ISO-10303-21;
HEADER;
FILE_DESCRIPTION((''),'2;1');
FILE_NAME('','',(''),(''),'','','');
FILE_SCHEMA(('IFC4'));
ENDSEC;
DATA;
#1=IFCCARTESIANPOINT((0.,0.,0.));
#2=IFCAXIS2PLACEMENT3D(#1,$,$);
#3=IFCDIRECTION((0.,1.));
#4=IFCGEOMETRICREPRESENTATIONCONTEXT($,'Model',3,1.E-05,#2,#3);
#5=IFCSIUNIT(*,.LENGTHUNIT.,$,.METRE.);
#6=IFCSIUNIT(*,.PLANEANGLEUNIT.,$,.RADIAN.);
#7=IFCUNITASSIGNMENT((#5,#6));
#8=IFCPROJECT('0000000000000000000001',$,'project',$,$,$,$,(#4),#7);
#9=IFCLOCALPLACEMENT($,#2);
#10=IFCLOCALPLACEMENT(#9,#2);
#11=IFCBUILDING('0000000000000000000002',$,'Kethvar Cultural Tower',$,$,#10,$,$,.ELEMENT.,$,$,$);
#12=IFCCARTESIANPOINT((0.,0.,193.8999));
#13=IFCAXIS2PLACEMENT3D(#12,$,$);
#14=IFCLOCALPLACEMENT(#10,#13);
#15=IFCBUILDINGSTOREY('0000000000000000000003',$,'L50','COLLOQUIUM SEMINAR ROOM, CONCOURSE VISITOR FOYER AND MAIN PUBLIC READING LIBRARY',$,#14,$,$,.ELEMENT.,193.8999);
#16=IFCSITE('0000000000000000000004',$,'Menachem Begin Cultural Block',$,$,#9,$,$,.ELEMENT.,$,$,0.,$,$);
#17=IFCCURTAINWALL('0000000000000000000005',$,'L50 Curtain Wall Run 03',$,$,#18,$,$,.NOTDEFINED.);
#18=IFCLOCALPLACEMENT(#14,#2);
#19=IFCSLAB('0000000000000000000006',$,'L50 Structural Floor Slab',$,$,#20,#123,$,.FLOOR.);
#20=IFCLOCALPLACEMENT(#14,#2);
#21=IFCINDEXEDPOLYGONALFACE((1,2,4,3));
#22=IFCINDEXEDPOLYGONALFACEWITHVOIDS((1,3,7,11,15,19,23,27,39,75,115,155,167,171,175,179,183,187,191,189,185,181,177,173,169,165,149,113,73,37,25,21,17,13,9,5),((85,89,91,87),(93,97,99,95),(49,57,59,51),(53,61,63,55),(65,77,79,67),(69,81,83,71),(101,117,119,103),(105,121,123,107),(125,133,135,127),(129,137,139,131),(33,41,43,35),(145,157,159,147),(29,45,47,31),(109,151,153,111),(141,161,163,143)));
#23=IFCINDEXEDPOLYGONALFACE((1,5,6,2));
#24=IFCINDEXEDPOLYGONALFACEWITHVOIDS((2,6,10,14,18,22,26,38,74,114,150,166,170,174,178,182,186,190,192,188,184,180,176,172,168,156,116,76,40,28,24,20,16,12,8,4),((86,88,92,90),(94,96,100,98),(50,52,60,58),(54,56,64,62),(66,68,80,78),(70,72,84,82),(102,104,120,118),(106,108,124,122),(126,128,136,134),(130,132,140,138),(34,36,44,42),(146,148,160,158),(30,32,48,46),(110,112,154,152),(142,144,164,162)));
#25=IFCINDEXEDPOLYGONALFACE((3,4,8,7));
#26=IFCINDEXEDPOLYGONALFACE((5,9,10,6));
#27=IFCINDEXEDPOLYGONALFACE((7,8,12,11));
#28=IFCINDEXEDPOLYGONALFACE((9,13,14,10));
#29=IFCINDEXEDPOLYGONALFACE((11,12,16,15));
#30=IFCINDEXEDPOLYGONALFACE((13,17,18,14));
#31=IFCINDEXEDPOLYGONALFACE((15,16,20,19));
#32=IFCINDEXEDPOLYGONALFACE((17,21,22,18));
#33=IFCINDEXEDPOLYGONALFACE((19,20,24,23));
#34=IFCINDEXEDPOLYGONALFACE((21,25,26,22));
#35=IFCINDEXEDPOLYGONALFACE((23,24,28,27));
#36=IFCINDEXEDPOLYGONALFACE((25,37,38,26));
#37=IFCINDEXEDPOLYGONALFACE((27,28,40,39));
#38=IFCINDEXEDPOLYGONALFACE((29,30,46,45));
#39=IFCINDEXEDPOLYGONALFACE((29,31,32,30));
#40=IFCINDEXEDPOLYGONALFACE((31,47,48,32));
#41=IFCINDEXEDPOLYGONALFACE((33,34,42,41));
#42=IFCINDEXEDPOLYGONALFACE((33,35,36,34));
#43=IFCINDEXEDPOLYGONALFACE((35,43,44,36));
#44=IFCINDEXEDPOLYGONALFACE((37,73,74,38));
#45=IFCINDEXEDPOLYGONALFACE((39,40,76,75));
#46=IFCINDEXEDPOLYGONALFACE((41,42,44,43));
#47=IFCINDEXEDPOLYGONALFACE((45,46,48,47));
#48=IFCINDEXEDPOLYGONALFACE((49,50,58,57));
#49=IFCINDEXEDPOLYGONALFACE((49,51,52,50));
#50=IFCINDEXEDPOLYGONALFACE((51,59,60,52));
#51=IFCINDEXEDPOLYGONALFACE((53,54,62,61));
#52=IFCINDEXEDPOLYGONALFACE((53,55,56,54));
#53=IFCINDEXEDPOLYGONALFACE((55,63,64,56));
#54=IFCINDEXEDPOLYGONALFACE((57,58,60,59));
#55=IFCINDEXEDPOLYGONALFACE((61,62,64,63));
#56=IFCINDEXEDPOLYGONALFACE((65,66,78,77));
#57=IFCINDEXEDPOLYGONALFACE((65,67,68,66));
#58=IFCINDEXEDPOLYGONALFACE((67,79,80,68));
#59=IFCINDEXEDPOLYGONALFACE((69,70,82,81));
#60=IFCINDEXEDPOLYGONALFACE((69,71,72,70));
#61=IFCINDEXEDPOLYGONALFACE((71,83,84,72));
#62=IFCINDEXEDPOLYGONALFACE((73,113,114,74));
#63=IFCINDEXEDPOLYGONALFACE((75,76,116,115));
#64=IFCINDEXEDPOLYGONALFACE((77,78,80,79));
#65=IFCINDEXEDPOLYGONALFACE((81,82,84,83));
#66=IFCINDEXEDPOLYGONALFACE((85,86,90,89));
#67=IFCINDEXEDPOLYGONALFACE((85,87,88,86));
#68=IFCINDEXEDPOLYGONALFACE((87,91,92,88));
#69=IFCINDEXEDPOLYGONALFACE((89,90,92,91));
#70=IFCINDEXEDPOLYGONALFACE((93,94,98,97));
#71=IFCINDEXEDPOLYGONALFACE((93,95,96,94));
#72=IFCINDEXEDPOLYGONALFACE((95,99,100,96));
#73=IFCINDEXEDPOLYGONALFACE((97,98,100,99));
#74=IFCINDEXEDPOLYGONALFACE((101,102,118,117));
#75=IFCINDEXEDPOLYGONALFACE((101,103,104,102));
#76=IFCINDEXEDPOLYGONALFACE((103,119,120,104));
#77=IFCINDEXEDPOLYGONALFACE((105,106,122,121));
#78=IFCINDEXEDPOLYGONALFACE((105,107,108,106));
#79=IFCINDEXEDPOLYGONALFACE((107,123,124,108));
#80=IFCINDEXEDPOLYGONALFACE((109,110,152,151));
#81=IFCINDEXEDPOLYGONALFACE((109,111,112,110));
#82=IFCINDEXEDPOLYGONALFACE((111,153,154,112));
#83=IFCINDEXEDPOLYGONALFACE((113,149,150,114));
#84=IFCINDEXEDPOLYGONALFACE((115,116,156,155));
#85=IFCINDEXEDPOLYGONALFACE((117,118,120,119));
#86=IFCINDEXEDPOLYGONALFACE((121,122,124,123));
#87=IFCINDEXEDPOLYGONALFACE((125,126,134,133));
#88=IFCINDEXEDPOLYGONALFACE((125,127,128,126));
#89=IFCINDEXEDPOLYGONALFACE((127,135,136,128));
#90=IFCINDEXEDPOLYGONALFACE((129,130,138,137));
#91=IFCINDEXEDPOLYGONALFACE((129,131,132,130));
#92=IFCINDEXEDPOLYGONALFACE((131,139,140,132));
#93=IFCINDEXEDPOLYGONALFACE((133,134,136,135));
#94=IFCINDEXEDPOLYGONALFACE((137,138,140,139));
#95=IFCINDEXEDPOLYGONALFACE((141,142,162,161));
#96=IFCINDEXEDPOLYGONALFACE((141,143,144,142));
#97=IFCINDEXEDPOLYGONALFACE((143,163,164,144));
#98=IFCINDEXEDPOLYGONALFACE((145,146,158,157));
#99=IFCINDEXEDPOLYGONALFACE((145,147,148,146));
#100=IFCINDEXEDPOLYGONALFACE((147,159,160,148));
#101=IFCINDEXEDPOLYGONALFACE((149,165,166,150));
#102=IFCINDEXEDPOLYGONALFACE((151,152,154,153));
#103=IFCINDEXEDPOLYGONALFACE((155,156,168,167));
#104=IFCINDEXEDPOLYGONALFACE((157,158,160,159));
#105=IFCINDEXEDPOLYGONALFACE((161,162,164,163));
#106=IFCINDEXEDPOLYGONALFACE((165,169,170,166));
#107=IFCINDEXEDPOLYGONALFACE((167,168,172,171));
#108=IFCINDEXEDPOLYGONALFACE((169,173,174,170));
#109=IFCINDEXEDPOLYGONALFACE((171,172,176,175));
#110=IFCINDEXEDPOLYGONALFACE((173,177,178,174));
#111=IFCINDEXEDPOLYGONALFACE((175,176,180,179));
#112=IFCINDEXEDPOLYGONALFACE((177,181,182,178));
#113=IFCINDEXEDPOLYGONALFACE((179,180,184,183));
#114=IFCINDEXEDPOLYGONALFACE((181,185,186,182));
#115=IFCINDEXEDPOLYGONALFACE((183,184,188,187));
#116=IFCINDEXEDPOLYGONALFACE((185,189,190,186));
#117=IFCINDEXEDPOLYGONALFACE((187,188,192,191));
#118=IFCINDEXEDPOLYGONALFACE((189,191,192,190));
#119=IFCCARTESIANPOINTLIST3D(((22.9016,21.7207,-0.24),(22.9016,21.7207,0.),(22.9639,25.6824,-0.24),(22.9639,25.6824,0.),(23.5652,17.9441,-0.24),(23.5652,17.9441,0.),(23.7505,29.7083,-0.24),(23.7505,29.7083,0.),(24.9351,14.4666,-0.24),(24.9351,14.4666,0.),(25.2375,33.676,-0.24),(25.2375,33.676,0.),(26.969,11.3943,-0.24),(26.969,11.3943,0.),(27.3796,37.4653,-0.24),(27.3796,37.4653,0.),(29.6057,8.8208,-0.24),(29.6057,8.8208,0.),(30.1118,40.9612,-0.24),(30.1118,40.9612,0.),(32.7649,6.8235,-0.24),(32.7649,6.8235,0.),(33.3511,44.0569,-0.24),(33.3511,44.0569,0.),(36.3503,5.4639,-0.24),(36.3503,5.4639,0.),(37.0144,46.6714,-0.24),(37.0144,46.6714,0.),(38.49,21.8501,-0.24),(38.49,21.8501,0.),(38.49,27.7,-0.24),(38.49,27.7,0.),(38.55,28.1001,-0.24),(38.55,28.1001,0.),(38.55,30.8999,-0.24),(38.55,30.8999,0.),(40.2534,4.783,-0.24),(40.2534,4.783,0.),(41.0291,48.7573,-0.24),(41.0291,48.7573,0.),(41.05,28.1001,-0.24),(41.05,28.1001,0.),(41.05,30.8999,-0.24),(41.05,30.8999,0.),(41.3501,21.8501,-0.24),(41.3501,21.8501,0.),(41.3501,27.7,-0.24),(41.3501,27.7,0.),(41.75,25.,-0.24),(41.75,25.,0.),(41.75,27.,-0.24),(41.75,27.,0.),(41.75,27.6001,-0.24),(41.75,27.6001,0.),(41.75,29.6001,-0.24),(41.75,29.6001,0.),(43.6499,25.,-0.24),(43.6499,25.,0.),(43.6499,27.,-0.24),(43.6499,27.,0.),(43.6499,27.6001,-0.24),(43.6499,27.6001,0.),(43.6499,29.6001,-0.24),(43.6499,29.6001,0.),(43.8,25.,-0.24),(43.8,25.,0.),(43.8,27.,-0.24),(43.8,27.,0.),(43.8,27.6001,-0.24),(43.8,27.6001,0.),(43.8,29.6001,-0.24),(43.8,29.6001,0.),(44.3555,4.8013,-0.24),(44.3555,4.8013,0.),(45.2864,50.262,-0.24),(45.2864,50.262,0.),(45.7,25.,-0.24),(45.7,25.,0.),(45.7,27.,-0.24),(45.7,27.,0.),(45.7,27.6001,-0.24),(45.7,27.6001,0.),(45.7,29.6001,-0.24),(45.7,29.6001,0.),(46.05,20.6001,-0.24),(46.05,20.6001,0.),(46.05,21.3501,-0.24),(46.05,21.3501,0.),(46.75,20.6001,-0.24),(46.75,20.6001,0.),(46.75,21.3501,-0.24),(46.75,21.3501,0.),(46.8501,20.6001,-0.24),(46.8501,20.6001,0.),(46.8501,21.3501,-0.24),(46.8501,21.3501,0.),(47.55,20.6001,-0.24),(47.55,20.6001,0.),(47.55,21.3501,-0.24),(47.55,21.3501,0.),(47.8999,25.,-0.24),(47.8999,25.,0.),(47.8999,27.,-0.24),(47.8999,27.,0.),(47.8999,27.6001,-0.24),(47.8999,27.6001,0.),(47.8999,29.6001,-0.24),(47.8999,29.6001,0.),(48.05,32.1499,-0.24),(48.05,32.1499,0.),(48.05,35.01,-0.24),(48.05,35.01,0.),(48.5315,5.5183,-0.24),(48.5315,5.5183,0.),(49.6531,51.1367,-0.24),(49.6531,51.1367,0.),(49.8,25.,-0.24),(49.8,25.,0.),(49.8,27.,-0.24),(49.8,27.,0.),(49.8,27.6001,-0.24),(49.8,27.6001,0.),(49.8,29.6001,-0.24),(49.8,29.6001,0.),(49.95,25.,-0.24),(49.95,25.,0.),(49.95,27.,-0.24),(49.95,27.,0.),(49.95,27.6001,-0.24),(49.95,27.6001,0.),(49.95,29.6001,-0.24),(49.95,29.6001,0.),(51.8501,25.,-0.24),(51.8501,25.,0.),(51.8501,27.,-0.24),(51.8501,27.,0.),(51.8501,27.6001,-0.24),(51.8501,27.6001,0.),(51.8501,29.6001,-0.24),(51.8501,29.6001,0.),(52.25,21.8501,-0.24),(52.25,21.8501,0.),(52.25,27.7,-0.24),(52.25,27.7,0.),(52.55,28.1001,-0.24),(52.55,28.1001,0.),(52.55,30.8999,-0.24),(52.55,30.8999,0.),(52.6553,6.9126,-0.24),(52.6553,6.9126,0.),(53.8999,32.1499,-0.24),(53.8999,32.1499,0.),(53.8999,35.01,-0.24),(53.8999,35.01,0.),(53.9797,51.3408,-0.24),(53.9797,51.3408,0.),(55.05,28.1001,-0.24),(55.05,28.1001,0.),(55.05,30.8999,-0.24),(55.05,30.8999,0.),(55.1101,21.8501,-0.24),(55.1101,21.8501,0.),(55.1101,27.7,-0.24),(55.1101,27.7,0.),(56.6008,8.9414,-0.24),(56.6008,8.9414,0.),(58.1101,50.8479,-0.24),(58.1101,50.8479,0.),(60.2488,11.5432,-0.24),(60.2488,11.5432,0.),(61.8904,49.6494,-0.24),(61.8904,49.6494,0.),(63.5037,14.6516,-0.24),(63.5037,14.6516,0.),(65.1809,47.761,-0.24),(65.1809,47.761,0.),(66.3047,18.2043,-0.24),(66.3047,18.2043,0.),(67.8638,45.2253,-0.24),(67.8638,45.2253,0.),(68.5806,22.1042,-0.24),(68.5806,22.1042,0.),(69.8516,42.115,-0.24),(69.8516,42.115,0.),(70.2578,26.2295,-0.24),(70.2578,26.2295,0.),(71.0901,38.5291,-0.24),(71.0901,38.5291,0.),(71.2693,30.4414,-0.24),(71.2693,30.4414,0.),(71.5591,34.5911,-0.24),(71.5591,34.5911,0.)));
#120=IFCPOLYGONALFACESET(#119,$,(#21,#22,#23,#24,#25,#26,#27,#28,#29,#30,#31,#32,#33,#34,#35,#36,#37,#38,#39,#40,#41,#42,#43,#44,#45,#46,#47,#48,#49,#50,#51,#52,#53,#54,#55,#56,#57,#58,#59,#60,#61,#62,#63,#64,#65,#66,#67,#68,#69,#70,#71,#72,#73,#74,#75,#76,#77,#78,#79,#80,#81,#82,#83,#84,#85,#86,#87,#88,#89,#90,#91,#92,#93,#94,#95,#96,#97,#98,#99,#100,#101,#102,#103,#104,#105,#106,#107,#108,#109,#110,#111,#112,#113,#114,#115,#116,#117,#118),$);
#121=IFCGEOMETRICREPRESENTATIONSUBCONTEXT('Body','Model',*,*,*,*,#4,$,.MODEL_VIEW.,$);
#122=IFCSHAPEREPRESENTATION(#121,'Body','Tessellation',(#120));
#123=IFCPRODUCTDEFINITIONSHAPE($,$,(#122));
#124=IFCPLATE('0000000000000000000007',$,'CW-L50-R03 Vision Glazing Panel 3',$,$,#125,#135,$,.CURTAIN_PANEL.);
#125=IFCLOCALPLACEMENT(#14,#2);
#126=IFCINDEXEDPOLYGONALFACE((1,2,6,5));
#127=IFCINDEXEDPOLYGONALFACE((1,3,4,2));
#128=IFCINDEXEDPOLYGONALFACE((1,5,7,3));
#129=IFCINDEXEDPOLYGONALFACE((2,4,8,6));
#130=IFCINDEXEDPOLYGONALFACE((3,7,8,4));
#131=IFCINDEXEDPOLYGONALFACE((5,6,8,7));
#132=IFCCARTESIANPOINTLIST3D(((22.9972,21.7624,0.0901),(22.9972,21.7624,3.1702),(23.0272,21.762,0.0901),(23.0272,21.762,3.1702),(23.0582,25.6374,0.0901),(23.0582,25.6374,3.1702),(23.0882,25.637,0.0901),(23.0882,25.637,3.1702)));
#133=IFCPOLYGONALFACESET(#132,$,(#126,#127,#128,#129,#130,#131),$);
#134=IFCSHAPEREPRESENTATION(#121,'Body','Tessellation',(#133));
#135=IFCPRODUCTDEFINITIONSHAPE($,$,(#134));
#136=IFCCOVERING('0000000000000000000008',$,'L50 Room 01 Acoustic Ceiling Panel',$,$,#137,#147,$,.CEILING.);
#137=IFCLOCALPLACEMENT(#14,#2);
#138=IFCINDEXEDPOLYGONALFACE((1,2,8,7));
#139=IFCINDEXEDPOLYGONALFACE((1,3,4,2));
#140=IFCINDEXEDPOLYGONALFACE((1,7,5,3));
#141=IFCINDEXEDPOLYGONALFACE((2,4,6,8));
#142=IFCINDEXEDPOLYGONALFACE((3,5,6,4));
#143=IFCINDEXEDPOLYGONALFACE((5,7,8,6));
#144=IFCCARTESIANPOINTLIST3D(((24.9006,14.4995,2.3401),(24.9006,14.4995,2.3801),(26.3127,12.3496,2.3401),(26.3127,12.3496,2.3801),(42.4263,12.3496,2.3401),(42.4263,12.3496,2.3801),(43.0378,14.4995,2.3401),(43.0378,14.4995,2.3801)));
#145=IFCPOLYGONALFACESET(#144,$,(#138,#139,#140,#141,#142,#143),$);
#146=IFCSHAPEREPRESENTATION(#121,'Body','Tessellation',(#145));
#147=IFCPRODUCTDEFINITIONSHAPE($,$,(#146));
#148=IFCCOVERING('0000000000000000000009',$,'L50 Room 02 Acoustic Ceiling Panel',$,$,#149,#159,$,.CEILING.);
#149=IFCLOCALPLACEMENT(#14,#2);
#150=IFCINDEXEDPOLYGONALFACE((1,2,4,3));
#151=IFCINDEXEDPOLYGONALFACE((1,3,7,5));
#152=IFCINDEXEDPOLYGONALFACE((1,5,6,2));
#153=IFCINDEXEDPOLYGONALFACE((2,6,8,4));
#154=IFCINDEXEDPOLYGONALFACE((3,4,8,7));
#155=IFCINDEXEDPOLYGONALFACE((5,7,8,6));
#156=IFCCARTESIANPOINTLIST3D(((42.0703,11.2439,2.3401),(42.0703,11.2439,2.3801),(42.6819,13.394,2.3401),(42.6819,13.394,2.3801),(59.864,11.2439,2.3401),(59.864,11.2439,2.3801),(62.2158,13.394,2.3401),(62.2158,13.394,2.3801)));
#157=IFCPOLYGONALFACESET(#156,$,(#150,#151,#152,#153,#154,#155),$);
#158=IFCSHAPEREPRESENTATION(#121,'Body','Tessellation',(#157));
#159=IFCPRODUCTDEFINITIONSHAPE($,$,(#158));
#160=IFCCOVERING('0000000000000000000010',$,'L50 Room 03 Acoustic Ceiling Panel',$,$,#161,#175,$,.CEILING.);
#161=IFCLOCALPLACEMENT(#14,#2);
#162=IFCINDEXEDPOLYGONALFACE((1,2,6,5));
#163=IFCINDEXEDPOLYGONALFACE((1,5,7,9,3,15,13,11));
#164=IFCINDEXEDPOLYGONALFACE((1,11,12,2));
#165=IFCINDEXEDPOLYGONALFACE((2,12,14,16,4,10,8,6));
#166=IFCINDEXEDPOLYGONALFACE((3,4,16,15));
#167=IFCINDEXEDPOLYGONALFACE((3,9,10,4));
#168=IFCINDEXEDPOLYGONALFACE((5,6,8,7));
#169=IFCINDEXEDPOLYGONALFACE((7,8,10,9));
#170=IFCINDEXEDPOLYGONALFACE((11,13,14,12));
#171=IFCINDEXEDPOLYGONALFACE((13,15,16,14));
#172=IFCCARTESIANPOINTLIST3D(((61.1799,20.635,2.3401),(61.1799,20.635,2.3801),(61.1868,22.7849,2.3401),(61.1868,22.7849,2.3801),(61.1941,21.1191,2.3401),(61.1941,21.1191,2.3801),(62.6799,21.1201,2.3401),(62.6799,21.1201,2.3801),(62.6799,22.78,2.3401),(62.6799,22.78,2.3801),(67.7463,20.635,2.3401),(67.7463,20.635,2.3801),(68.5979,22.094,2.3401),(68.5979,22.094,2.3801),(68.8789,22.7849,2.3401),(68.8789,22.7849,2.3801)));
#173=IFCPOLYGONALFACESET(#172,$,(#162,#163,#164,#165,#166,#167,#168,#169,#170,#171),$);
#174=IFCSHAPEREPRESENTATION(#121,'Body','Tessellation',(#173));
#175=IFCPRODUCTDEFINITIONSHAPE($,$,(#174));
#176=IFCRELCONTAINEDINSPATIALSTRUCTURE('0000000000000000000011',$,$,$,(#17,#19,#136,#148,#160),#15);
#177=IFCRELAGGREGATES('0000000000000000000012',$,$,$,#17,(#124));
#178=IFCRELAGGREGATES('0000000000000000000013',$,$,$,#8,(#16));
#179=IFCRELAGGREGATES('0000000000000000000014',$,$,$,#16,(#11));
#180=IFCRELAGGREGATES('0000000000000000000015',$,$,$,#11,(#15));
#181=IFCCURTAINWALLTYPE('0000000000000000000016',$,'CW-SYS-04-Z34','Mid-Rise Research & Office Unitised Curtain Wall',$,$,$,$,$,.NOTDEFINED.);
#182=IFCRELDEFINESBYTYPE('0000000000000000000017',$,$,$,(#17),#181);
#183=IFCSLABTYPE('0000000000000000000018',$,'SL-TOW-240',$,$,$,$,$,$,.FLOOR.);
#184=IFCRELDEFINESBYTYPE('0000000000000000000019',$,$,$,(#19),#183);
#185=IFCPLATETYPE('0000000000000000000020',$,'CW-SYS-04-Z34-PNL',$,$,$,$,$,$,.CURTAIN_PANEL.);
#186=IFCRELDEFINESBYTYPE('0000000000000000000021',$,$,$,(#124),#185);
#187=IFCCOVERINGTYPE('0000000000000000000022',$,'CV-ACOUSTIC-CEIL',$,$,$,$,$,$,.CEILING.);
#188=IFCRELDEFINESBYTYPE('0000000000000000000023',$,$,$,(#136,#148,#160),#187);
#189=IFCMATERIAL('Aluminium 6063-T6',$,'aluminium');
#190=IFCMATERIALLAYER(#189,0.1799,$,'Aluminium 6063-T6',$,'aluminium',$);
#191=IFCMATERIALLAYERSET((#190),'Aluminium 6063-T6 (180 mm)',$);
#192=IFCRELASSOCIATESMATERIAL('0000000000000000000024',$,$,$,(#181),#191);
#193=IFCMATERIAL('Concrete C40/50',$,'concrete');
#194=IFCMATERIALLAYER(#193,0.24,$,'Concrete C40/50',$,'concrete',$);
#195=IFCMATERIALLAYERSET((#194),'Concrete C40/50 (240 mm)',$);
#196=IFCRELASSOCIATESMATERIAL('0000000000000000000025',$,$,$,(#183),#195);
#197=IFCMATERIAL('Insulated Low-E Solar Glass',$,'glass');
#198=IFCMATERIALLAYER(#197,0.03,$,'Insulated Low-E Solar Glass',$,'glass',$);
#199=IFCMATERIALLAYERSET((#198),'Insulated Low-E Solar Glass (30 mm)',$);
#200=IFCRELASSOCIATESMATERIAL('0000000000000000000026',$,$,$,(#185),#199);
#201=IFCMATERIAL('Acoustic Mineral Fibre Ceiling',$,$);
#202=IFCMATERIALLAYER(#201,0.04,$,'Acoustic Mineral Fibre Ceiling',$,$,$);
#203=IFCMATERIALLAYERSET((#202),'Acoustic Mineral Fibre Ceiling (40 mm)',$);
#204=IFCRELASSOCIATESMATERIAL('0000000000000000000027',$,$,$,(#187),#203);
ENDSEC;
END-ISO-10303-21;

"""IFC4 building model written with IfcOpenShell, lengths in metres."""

from ifc_helpers import new_model, si_unit, direction, frame, origin, origin_2d, place, context, subcontext, project, spatial, polyline, rectangle, outline, extrude, source, transform, mapped, material, layer, layer_set, type_object, element, aggregate, save


model = new_model("IFC4")

# Units and contexts
model_context = context("Model", 3, precision=1e-05, world=origin(), true_north=direction((0.0, 1.0)))
body_context = subcontext(model_context, "Body", "Model", "MODEL_VIEW")
ifc_project = project(units=[si_unit("LENGTHUNIT", "METRE"), si_unit("PLANEANGLEUNIT", "RADIAN")], contexts=[model_context])

# Site, building, storey
site_placement = place(None, origin())
site = spatial("IfcSite", under=ifc_project, at=site_placement, Name="Menachem Begin Cultural Block", CompositionType="ELEMENT", RefElevation=0.0)
building_placement = place(site_placement, origin())
building = spatial("IfcBuilding", under=site, at=building_placement, Name="Kethvar Cultural Tower", CompositionType="ELEMENT")
storey_placement = place(building_placement, frame((0.0, 0.0, 193.8999)))
storey = spatial("IfcBuildingStorey", under=building, at=storey_placement, Name="L50", Description="COLLOQUIUM SEMINAR ROOM, CONCOURSE VISITOR FOYER AND MAIN PUBLIC READING LIBRARY", CompositionType="ELEMENT", Elevation=193.8999)

# Curtain wall
ifc_material_1 = material(Name="Aluminium 6063-T6", Category="aluminium")
ifc_layer_1 = layer(ifc_material_1, 0.1799, Name="Aluminium 6063-T6", Category="aluminium")
ifc_layer_set_1 = layer_set([ifc_layer_1], Name="Aluminium 6063-T6 (180 mm)")
curtain_wall_type = type_object("IfcCurtainWallType", Name="CW-SYS-04-Z34", Description="Mid-Rise Research & Office Unitised Curtain Wall", PredefinedType="NOTDEFINED", material=ifc_layer_set_1)
curtain_wall_placement = place(storey_placement, origin())
curtain_wall = element("IfcCurtainWall", 1, at=curtain_wall_placement, inside=storey, type_object=curtain_wall_type, Name="L50 Curtain Wall Run 03", PredefinedType="NOTDEFINED")

# Shared definitions
ifc_material_2 = material(Name="Concrete C40/50", Category="concrete")

# Slab
ifc_layer_2 = layer(ifc_material_2, 0.24, Name="Concrete C40/50", Category="concrete")
ifc_layer_set_2 = layer_set([ifc_layer_2], Name="Concrete C40/50 (240 mm)")
slab_type_1 = type_object("IfcSlabType", Name="SL-TOW-240", PredefinedType="FLOOR", material=ifc_layer_set_2)
slab_1_placement = place(storey_placement, frame((0.0, 0.0, -0.24)))
element("IfcSlab", 2, at=slab_1_placement, inside=storey, type_object=slab_type_1, Name="L50 Structural Floor Slab", PredefinedType="FLOOR", context=body_context, shape_type="SweptSolid", body=[
    extrude(outline(polyline([(67.8638, 45.2253), (65.1809, 47.761), (61.8904, 49.6494), (58.1101, 50.8479), (53.9797, 51.3408), (49.6531, 51.1367), (45.2864, 50.262), (41.0291, 48.7573), (37.0144, 46.6714), (33.3511, 44.0569), (30.1118, 40.9612), (27.3796, 37.4653), (25.2375, 33.676), (23.7505, 29.7083), (22.9639, 25.6824), (22.9016, 21.7207), (23.5652, 17.9441), (24.9351, 14.4666), (26.969, 11.3943), (29.6057, 8.8208), (32.7649, 6.8235), (36.3503, 5.4639), (40.2534, 4.783), (44.3555, 4.8013), (48.5315, 5.5183), (52.6553, 6.9126), (56.6008, 8.9414), (60.2488, 11.5432), (63.5037, 14.6516), (66.3047, 18.2043), (68.5806, 22.1042), (70.2578, 26.2295), (71.2693, 30.4414), (71.5591, 34.5911), (71.0901, 38.5291), (69.8516, 42.115), (67.8638, 45.2253)]), holes=[polyline([(38.49, 21.8501), (38.49, 27.7), (41.3501, 27.7), (41.3501, 21.8501), (38.49, 21.8501)]), polyline([(52.25, 21.8501), (52.25, 27.7), (55.1101, 27.7), (55.1101, 21.8501), (52.25, 21.8501)]), polyline([(53.8999, 32.1499), (48.05, 32.1499), (48.05, 35.01), (53.8999, 35.01), (53.8999, 32.1499)]), polyline([(41.75, 27.0), (43.6499, 27.0), (43.6499, 25.0), (41.75, 25.0), (41.75, 27.0)]), polyline([(43.8, 27.0), (45.7, 27.0), (45.7, 25.0), (43.8, 25.0), (43.8, 27.0)]), polyline([(47.8999, 27.0), (49.8, 27.0), (49.8, 25.0), (47.8999, 25.0), (47.8999, 27.0)]), polyline([(49.95, 27.0), (51.8501, 27.0), (51.8501, 25.0), (49.95, 25.0), (49.95, 27.0)]), polyline([(41.75, 29.6001), (43.6499, 29.6001), (43.6499, 27.6001), (41.75, 27.6001), (41.75, 29.6001)]), polyline([(43.8, 29.6001), (45.7, 29.6001), (45.7, 27.6001), (43.8, 27.6001), (43.8, 29.6001)]), polyline([(47.8999, 29.6001), (49.8, 29.6001), (49.8, 27.6001), (47.8999, 27.6001), (47.8999, 29.6001)]), polyline([(49.95, 29.6001), (51.8501, 29.6001), (51.8501, 27.6001), (49.95, 27.6001), (49.95, 29.6001)]), polyline([(38.55, 30.8999), (41.05, 30.8999), (41.05, 28.1001), (38.55, 28.1001), (38.55, 30.8999)]), polyline([(52.55, 30.8999), (55.05, 30.8999), (55.05, 28.1001), (52.55, 28.1001), (52.55, 30.8999)]), polyline([(46.05, 21.3501), (46.75, 21.3501), (46.75, 20.6001), (46.05, 20.6001), (46.05, 21.3501)]), polyline([(46.8501, 21.3501), (47.55, 21.3501), (47.55, 20.6001), (46.8501, 20.6001), (46.8501, 21.3501)])]), origin(), (0.0, 0.0, 1.0), 0.24),
])

# Plate
ifc_material_3 = material(Name="Insulated Low-E Solar Glass", Category="glass")
ifc_layer_3 = layer(ifc_material_3, 0.03, Name="Insulated Low-E Solar Glass", Category="glass")
ifc_layer_set_3 = layer_set([ifc_layer_3], Name="Insulated Low-E Solar Glass (30 mm)")
plate_type = type_object("IfcPlateType", Name="CW-SYS-04-Z34-PNL", PredefinedType="CURTAIN_PANEL", material=ifc_layer_set_3)
shared_shape_1 = source(origin(), body_context, "Body", "SweptSolid", [
    extrude(rectangle(XDim=3.8755, YDim=0.03, at=origin_2d()), origin(), (0.0, 0.0, 1.0), 3.0801),
])
plate_placement = place(storey_placement, frame((23.0427, 23.6997, 0.0901), z_axis=(0.0, 0.0, 1.0), x_axis=(-0.015742, -0.999876, 0.0)))
plate = element("IfcPlate", 3, at=plate_placement, type_object=plate_type, Name="CW-L50-R03 Vision Glazing Panel 3", PredefinedType="CURTAIN_PANEL", context=body_context, shape_type="MappedRepresentation", body=[
    mapped(shared_shape_1, transform((0.0, 0.0, 0.0), scale=1.0)),
])
aggregate(curtain_wall, [plate])

# Coverings
ifc_material_4 = material(Name="Acoustic Mineral Fibre Ceiling")
ifc_layer_4 = layer(ifc_material_4, 0.04, Name="Acoustic Mineral Fibre Ceiling")
ifc_layer_set_4 = layer_set([ifc_layer_4], Name="Acoustic Mineral Fibre Ceiling (40 mm)")
covering_type_1 = type_object("IfcCoveringType", Name="CV-ACOUSTIC-CEIL", PredefinedType="CEILING", material=ifc_layer_set_4)
covering_1_placement = place(storey_placement, frame((0.0, 0.0, 2.3401)))
element("IfcCovering", 4, at=covering_1_placement, inside=storey, type_object=covering_type_1, Name="L50 Room 01 Acoustic Ceiling Panel", PredefinedType="CEILING", context=body_context, shape_type="SweptSolid", body=[
    extrude(outline(polyline([(26.3127, 12.3496), (24.9006, 14.4995), (43.0378, 14.4995), (42.4263, 12.3496), (26.3127, 12.3496)])), origin(), (0.0, 0.0, 1.0), 0.04),
])
covering_2_placement = place(storey_placement, frame((0.0, 0.0, 2.3401)))
element("IfcCovering", 5, at=covering_2_placement, inside=storey, type_object=covering_type_1, Name="L50 Room 02 Acoustic Ceiling Panel", PredefinedType="CEILING", context=body_context, shape_type="SweptSolid", body=[
    extrude(outline(polyline([(62.2158, 13.394), (59.864, 11.2439), (42.0703, 11.2439), (42.6819, 13.394), (62.2158, 13.394)])), origin(), (0.0, 0.0, 1.0), 0.04),
])
covering_3_placement = place(storey_placement, frame((0.0, 0.0, 2.3401)))
element("IfcCovering", 6, at=covering_3_placement, inside=storey, type_object=covering_type_1, Name="L50 Room 03 Acoustic Ceiling Panel", PredefinedType="CEILING", context=body_context, shape_type="SweptSolid", body=[
    extrude(outline(polyline([(68.5979, 22.094), (67.7463, 20.635), (61.1799, 20.635), (61.1941, 21.1191), (62.6799, 21.1201), (62.6799, 22.78), (61.1868, 22.7849), (68.8789, 22.7849), (68.5979, 22.094)])), origin(), (0.0, 0.0, 1.0), 0.04),
])

save(model, "model.ifc")
